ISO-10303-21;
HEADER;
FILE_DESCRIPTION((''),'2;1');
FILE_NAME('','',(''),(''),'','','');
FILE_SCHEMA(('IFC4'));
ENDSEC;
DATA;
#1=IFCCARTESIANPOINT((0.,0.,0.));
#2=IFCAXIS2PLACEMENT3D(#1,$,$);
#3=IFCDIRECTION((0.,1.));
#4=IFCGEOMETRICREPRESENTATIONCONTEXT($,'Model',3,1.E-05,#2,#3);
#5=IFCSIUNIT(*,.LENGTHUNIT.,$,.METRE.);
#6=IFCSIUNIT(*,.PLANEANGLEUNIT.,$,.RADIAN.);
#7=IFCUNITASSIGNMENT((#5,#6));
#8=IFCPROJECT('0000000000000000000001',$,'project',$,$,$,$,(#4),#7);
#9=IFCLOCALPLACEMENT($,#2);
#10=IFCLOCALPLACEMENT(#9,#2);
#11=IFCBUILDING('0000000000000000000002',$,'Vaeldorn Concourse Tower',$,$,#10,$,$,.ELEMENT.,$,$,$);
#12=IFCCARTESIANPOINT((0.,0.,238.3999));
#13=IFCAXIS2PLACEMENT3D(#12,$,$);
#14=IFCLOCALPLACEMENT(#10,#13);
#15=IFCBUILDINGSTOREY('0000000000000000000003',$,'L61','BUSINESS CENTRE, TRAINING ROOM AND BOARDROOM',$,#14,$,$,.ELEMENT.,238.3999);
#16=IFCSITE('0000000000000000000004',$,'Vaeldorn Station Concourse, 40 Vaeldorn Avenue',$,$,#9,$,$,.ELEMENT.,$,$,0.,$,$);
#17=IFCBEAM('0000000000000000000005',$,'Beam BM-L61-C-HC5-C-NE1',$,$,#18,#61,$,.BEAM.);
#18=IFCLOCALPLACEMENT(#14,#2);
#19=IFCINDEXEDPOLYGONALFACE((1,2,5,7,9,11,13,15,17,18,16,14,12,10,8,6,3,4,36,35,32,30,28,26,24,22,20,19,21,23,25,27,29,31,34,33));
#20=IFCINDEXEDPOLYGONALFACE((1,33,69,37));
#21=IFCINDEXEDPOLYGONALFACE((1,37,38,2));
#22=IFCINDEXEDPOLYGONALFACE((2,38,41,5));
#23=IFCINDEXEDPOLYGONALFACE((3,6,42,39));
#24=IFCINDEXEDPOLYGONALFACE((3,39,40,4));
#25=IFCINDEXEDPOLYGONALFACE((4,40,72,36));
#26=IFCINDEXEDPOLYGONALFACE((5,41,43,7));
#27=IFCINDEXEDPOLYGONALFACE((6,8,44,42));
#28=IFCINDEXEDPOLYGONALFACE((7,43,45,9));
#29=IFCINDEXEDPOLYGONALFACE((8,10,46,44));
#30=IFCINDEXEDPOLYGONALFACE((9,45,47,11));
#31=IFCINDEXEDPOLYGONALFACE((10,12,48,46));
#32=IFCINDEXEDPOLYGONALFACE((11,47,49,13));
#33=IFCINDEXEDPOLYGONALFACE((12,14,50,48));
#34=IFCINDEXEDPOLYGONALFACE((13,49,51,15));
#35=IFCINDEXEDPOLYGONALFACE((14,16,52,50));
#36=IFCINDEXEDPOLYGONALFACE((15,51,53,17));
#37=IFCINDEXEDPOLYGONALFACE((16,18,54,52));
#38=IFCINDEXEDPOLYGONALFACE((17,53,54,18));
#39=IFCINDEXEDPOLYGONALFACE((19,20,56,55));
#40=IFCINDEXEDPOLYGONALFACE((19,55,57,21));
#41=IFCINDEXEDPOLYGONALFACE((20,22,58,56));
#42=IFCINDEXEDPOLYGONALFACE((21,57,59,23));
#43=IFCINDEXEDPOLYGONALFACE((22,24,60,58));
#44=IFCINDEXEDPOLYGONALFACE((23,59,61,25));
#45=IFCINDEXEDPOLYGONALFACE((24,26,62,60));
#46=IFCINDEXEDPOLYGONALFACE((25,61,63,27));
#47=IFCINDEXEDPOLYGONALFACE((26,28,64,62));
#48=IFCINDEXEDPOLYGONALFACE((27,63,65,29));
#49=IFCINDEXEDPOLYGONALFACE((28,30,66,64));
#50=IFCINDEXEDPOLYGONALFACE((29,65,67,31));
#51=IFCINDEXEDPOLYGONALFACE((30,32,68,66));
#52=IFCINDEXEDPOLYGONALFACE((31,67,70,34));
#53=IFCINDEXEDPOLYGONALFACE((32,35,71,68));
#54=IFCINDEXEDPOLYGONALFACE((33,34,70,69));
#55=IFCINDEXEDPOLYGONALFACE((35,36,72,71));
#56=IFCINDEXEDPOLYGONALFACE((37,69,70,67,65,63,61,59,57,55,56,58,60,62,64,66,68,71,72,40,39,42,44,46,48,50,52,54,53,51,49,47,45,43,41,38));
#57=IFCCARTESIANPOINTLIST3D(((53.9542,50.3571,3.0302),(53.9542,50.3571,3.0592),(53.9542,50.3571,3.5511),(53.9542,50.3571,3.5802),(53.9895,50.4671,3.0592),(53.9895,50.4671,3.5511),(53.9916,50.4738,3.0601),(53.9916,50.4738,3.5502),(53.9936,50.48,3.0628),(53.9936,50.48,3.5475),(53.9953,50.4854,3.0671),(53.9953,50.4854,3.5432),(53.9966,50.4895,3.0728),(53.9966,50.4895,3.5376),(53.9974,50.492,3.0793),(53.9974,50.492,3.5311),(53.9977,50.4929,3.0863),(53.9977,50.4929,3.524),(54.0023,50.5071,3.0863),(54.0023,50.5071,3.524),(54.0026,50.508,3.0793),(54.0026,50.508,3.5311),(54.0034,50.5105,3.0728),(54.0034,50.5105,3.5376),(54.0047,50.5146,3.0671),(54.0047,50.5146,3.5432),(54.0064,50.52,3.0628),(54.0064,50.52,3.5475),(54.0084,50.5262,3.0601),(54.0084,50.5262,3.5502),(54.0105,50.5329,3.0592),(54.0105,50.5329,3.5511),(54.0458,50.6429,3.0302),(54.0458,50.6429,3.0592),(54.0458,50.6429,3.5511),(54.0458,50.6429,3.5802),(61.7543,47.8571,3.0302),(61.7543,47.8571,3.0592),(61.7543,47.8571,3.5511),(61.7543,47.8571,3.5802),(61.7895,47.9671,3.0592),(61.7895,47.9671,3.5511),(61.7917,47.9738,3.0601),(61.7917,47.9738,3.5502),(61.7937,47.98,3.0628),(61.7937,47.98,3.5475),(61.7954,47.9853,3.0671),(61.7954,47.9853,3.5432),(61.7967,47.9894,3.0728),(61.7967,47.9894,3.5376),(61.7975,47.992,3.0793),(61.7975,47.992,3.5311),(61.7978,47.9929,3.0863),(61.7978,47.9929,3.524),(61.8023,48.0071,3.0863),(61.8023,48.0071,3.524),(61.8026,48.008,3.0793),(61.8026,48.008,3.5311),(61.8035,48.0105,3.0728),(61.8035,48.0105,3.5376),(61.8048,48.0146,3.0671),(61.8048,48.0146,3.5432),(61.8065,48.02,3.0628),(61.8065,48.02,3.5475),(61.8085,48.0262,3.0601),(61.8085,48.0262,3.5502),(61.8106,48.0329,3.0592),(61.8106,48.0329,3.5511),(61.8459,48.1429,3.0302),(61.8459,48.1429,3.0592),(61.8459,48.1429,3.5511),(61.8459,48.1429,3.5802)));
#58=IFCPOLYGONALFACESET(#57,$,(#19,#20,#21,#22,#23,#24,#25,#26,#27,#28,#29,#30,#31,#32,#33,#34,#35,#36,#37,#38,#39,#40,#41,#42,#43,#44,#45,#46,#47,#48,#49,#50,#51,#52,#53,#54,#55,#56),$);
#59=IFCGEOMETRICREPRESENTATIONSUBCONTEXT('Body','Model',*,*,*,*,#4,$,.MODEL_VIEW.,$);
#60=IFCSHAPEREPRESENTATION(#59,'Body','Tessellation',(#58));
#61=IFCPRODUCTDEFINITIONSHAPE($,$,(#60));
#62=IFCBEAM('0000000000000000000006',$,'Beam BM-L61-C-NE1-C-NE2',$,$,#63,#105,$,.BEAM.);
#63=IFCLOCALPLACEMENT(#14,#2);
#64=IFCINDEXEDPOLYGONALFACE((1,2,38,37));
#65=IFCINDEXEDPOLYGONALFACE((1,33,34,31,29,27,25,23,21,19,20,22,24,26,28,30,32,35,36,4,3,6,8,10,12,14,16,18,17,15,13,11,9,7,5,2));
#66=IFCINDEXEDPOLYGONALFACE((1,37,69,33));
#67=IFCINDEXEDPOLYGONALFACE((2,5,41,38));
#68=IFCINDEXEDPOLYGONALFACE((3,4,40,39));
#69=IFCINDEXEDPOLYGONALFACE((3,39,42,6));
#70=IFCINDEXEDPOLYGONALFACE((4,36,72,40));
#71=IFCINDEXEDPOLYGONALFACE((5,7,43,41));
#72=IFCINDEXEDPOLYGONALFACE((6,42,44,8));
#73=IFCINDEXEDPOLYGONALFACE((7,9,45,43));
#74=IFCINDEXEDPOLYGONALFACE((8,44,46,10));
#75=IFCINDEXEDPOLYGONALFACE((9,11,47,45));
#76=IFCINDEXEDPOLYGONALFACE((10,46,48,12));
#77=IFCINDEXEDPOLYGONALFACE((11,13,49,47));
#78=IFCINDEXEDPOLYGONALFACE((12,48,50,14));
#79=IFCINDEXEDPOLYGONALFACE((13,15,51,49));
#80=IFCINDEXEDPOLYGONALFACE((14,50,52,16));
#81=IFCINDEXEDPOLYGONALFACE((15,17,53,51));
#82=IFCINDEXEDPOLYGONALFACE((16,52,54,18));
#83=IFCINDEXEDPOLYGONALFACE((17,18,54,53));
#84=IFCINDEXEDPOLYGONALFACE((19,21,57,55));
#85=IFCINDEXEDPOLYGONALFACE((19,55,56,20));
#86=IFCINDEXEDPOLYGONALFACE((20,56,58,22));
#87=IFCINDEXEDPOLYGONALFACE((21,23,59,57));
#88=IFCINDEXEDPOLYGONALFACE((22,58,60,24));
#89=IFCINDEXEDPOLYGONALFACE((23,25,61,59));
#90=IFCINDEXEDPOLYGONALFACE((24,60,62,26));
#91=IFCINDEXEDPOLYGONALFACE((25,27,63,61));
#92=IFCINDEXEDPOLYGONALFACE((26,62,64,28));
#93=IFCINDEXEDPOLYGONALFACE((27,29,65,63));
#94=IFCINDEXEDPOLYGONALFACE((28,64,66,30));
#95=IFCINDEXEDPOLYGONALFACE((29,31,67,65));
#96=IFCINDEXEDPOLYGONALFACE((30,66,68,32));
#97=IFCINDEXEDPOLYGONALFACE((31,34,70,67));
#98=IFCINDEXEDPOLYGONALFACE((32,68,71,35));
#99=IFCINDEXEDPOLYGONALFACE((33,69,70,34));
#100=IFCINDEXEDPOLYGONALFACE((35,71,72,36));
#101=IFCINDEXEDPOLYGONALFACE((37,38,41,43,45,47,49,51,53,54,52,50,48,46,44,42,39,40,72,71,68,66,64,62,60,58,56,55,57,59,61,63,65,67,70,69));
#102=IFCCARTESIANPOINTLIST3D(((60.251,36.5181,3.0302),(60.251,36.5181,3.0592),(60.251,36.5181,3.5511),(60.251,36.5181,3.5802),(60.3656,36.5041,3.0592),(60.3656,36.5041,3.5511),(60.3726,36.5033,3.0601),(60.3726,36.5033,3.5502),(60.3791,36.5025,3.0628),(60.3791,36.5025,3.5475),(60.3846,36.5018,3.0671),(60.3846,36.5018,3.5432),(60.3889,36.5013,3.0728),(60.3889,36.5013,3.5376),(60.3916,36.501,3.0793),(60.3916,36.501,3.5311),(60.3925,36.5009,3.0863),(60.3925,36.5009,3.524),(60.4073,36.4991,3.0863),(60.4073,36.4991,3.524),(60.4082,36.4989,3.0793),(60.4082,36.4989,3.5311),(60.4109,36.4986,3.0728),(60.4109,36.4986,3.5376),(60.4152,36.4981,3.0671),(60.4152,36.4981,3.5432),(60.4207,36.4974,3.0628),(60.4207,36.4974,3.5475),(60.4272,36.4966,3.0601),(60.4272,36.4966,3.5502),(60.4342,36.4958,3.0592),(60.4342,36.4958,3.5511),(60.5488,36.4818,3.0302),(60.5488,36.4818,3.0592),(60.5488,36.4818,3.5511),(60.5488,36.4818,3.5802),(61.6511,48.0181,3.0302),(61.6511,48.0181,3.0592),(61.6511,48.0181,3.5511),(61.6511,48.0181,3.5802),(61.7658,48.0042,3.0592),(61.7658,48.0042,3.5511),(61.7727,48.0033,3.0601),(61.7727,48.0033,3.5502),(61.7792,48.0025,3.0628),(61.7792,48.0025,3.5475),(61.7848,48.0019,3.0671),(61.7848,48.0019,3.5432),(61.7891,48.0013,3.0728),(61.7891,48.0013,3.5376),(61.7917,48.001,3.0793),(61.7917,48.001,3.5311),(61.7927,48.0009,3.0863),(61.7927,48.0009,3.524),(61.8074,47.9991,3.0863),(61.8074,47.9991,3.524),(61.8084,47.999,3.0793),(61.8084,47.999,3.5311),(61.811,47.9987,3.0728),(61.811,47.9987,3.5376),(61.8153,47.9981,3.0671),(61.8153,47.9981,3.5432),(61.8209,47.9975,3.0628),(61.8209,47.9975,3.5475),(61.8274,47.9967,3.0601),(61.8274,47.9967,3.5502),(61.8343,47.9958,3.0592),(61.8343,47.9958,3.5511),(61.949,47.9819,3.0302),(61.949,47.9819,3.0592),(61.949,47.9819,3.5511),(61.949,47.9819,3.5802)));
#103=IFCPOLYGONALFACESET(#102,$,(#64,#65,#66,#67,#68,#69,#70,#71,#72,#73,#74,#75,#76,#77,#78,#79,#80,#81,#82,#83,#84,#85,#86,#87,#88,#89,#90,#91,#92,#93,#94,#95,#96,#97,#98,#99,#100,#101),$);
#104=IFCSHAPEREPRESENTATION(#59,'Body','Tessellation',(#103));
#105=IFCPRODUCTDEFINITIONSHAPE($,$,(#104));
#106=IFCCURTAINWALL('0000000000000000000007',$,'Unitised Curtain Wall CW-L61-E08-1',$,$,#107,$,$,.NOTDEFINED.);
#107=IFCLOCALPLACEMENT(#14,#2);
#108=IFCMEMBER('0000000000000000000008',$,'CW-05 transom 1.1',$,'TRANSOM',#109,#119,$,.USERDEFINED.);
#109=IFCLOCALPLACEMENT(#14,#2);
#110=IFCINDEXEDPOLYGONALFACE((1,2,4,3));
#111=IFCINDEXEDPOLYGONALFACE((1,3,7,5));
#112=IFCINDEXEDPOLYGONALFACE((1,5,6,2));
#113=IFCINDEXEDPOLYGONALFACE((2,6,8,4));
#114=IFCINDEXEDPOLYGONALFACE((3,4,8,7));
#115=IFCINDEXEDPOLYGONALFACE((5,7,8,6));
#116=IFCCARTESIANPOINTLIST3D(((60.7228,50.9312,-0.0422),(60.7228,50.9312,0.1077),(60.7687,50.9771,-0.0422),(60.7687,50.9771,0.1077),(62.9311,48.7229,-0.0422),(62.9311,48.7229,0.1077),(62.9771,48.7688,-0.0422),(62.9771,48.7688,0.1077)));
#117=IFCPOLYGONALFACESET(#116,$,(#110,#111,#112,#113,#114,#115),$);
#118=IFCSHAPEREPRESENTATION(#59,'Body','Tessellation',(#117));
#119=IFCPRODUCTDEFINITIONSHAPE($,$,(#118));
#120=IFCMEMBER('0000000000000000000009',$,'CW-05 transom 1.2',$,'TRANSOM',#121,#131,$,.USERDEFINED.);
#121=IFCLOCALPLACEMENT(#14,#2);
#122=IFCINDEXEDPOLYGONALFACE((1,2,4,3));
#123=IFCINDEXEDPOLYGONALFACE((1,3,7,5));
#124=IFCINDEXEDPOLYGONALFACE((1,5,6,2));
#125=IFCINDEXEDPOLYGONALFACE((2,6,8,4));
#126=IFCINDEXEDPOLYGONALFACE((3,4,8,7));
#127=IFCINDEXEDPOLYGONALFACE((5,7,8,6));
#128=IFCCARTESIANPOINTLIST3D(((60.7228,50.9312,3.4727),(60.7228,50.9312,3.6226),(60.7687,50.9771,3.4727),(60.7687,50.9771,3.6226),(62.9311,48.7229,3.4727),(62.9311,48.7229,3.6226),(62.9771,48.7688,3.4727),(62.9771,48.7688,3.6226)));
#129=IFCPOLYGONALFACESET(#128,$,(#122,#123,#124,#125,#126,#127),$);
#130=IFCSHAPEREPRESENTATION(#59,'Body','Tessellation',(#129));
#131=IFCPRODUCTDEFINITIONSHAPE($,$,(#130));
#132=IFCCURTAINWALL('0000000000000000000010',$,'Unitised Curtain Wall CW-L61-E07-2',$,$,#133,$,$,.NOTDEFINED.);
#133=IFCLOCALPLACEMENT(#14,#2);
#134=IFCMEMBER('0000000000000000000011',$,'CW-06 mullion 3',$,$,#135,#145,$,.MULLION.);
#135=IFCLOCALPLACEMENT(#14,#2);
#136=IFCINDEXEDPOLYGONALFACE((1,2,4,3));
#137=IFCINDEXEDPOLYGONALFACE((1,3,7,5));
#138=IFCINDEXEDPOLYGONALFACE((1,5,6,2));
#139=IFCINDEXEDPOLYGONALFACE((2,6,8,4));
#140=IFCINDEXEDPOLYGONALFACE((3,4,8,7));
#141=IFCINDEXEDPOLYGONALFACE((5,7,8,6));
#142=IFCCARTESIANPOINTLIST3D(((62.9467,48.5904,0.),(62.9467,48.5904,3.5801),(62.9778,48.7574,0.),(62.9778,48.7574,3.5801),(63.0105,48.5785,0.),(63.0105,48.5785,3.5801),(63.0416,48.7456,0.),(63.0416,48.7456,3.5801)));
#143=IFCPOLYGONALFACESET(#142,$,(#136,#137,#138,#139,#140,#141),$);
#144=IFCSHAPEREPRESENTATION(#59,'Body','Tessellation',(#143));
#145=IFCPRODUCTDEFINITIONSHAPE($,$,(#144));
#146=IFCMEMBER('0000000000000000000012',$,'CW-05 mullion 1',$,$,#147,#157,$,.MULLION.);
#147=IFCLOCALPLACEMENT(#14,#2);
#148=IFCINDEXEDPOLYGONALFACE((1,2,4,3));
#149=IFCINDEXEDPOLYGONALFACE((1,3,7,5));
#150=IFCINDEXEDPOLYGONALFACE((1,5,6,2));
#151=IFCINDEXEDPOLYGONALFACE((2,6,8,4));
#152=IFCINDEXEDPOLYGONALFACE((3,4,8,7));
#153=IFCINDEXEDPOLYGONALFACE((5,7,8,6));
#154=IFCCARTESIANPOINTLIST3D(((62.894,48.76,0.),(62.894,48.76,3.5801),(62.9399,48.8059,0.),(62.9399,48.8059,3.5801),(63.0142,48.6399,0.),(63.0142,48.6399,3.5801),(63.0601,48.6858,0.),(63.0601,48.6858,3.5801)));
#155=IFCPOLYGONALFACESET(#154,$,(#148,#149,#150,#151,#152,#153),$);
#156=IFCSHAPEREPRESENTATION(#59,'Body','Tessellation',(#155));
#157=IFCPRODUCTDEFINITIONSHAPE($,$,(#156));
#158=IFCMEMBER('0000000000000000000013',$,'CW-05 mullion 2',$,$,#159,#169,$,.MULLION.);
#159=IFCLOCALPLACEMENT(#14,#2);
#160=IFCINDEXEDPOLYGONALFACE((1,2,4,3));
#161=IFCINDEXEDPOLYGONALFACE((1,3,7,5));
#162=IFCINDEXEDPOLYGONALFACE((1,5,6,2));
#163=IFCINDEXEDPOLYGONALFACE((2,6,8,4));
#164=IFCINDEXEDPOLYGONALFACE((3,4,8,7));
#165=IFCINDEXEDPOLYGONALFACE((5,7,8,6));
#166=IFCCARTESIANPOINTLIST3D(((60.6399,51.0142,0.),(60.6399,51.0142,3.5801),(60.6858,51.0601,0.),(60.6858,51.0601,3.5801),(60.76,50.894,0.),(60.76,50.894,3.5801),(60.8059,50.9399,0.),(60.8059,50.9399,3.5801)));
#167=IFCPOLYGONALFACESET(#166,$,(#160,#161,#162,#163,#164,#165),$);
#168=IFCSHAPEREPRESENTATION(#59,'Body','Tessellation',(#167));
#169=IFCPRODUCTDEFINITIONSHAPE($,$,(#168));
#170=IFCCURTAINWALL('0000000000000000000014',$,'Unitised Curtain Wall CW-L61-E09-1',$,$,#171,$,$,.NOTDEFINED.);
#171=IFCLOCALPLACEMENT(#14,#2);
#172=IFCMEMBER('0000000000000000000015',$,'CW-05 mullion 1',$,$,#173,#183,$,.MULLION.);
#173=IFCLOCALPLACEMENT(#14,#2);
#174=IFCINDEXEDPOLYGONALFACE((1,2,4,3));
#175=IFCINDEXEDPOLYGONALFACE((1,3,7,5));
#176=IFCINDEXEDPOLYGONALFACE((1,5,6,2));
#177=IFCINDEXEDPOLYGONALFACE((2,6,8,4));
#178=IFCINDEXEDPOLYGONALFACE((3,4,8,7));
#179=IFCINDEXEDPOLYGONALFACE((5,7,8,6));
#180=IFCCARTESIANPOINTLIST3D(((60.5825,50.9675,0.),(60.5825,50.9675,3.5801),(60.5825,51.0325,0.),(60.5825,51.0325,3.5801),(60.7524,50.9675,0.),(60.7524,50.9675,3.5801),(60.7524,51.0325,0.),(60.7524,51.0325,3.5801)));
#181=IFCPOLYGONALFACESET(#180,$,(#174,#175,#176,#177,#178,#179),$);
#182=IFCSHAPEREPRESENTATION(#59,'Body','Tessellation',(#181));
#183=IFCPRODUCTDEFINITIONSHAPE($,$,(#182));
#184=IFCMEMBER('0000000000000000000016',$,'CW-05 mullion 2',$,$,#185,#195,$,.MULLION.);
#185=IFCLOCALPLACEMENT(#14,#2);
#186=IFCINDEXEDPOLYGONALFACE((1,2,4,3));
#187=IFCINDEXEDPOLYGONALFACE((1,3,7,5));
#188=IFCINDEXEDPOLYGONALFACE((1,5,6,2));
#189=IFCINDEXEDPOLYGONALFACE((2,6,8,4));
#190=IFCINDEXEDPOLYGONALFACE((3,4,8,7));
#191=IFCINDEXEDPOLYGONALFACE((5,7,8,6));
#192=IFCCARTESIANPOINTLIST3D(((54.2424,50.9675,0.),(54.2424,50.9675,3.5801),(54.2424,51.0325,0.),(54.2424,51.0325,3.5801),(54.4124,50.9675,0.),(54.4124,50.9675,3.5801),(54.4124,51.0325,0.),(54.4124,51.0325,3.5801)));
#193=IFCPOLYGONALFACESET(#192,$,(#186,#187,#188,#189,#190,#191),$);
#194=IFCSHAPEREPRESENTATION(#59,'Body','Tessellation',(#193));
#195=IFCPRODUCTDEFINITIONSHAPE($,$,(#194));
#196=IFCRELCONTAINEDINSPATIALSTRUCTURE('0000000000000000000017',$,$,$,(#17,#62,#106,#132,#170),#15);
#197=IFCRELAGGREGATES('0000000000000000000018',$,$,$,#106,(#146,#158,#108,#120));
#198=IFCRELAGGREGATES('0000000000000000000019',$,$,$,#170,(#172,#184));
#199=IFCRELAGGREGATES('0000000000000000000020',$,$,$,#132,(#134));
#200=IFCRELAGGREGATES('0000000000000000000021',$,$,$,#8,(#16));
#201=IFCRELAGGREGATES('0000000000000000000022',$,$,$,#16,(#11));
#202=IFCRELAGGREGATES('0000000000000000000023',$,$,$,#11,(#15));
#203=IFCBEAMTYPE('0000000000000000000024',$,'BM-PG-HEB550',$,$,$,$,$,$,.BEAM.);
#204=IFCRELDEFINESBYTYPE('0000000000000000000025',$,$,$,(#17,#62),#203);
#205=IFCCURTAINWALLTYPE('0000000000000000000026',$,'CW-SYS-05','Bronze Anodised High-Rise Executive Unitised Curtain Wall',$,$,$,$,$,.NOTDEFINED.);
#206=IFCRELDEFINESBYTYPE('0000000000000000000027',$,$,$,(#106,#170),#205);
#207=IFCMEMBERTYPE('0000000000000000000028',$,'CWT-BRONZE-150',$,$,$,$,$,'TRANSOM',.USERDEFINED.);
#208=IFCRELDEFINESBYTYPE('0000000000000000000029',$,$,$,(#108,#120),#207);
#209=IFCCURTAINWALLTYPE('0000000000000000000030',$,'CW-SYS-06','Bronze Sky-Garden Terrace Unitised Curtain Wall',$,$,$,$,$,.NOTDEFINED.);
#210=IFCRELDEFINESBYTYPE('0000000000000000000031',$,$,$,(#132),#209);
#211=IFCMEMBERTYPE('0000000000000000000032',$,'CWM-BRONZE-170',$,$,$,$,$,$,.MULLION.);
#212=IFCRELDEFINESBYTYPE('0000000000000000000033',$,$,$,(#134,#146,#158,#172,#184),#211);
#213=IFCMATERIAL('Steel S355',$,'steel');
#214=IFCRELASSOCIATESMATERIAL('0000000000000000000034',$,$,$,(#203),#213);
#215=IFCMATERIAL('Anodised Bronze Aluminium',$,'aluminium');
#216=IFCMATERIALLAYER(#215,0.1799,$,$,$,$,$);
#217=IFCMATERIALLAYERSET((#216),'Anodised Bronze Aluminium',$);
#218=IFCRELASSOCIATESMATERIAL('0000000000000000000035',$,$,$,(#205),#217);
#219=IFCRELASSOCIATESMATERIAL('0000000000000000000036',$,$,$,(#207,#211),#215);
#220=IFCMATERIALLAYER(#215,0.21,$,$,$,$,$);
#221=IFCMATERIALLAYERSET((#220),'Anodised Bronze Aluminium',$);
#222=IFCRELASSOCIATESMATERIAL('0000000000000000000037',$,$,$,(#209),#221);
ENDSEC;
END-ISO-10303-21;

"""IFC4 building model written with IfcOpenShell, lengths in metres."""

from ifc_helpers import new_model, si_unit, direction, frame, origin, origin_2d, place, context, subcontext, project, spatial, rectangle, i_section, extrude, source, transform, mapped, material, layer, layer_set, material_profile, profile_set, type_object, element, aggregate, save


model = new_model("IFC4")

# Units and contexts
model_context = context("Model", 3, precision=1e-05, world=origin(), true_north=direction((0.0, 1.0)))
body_context = subcontext(model_context, "Body", "Model", "MODEL_VIEW")
ifc_project = project(units=[si_unit("LENGTHUNIT", "METRE"), si_unit("PLANEANGLEUNIT", "RADIAN")], contexts=[model_context])

# Site, building, storey
site_placement = place(None, origin())
site = spatial("IfcSite", under=ifc_project, at=site_placement, Name="Vaeldorn Station Concourse, 40 Vaeldorn Avenue", CompositionType="ELEMENT", RefElevation=0.0)
building_placement = place(site_placement, origin())
building = spatial("IfcBuilding", under=site, at=building_placement, Name="Vaeldorn Concourse Tower", CompositionType="ELEMENT")
storey_placement = place(building_placement, frame((0.0, 0.0, 238.3999)))
storey = spatial("IfcBuildingStorey", under=building, at=storey_placement, Name="L61", Description="BUSINESS CENTRE, TRAINING ROOM AND BOARDROOM", CompositionType="ELEMENT", Elevation=238.3999)

# Shared definitions
ifc_material_1 = material(Name="Steel S355", Category="steel")

# Beams
ifc_material_profile_1 = material_profile(ifc_material_1, i_section(OverallWidth=0.3, OverallDepth=0.55, WebThickness=0.0149, FlangeThickness=0.0291, FilletRadius=0.0271, at=origin_2d()), Name="HEB 550")
ifc_profile_set_1 = profile_set([ifc_material_profile_1], Name="Steel S355")
beam_type_1 = type_object("IfcBeamType", Name="BM-PG-HEB550", PredefinedType="BEAM", material=ifc_profile_set_1)
shared_shape_1 = source(origin(), body_context, "Body", "SweptSolid", [
    extrude(i_section(OverallWidth=0.3, OverallDepth=0.55, WebThickness=0.0149, FlangeThickness=0.0291, FilletRadius=0.0271, at=origin_2d()), origin(), (0.0, 0.0, 1.0), 8.1909),
])
beam_1_placement = place(storey_placement, frame((54.0, 50.5, 3.3052), z_axis=(0.952283, -0.305217, 0.0), x_axis=(0.305217, 0.952283, 0.0)))
element("IfcBeam", 1, at=beam_1_placement, inside=storey, type_object=beam_type_1, Name="Beam BM-L61-C-HC5-C-NE1", PredefinedType="BEAM", context=body_context, shape_type="MappedRepresentation", body=[
    mapped(shared_shape_1, transform((0.0, 0.0, 0.0), scale=1.0)),
])
shared_shape_2 = source(origin(), body_context, "Body", "SweptSolid", [
    extrude(i_section(OverallWidth=0.3, OverallDepth=0.55, WebThickness=0.0149, FlangeThickness=0.0291, FilletRadius=0.0271, at=origin_2d()), origin(), (0.0, 0.0, 1.0), 11.585),
])
beam_2_placement = place(storey_placement, frame((61.8, 48.0, 3.3052), z_axis=(-0.120859, -0.99267, 0.0), x_axis=(0.99267, -0.120859, 0.0)))
element("IfcBeam", 2, at=beam_2_placement, inside=storey, type_object=beam_type_1, Name="Beam BM-L61-C-NE1-C-NE2", PredefinedType="BEAM", context=body_context, shape_type="MappedRepresentation", body=[
    mapped(shared_shape_2, transform((0.0, 0.0, 0.0), scale=1.0)),
])

# Curtain wall, members
ifc_material_2 = material(Name="Anodised Bronze Aluminium", Category="aluminium")
ifc_layer_1 = layer(ifc_material_2, 0.1799)
ifc_layer_set_1 = layer_set([ifc_layer_1], Name="Anodised Bronze Aluminium")
curtain_wall_type_1 = type_object("IfcCurtainWallType", Name="CW-SYS-05", Description="Bronze Anodised High-Rise Executive Unitised Curtain Wall", PredefinedType="NOTDEFINED", material=ifc_layer_set_1)
curtain_wall_1_placement = place(storey_placement, origin())
curtain_wall_1 = element("IfcCurtainWall", 3, at=curtain_wall_1_placement, inside=storey, type_object=curtain_wall_type_1, Name="Unitised Curtain Wall CW-L61-E08-1", PredefinedType="NOTDEFINED")
ifc_material_profile_2 = material_profile(ifc_material_2, rectangle(XDim=0.0649, YDim=0.1499, at=origin_2d()), Name="CWT 65x150")
ifc_profile_set_2 = profile_set([ifc_material_profile_2], Name="Anodised Bronze Aluminium")
member_type_1 = type_object("IfcMemberType", Name="CWT-BRONZE-150", ElementType="TRANSOM", PredefinedType="USERDEFINED", material=ifc_profile_set_2)
shared_shape_3 = source(origin(), body_context, "Body", "SweptSolid", [
    extrude(rectangle(XDim=0.0649, YDim=0.1499, at=origin_2d()), origin(), (0.0, 0.0, 1.0), 3.123),
])
member_1_placement = place(storey_placement, frame((62.9541, 48.7458, 0.0327), z_axis=(-0.707107, 0.707107, 0.0), x_axis=(-0.707107, -0.707107, 0.0)))
member_1 = element("IfcMember", 4, at=member_1_placement, type_object=member_type_1, Name="CW-05 transom 1.1", ObjectType="TRANSOM", PredefinedType="USERDEFINED", context=body_context, shape_type="MappedRepresentation", body=[
    mapped(shared_shape_3, transform((0.0, 0.0, 0.0), scale=1.0)),
])
member_2_placement = place(storey_placement, frame((62.9541, 48.7458, 3.5476), z_axis=(-0.707107, 0.707107, 0.0), x_axis=(-0.707107, -0.707107, 0.0)))
member_2 = element("IfcMember", 5, at=member_2_placement, type_object=member_type_1, Name="CW-05 transom 1.2", ObjectType="TRANSOM", PredefinedType="USERDEFINED", context=body_context, shape_type="MappedRepresentation", body=[
    mapped(shared_shape_3, transform((0.0, 0.0, 0.0), scale=1.0)),
])

# Curtain wall, member
ifc_layer_2 = layer(ifc_material_2, 0.21)
ifc_layer_set_2 = layer_set([ifc_layer_2], Name="Anodised Bronze Aluminium")
curtain_wall_type_2 = type_object("IfcCurtainWallType", Name="CW-SYS-06", Description="Bronze Sky-Garden Terrace Unitised Curtain Wall", PredefinedType="NOTDEFINED", material=ifc_layer_set_2)
curtain_wall_2_placement = place(storey_placement, origin())
curtain_wall_2 = element("IfcCurtainWall", 6, at=curtain_wall_2_placement, inside=storey, type_object=curtain_wall_type_2, Name="Unitised Curtain Wall CW-L61-E07-2", PredefinedType="NOTDEFINED")
ifc_material_profile_3 = material_profile(ifc_material_2, rectangle(XDim=0.0649, YDim=0.1699, at=origin_2d()), Name="CWM 65x170")
ifc_profile_set_3 = profile_set([ifc_material_profile_3], Name="Anodised Bronze Aluminium")
member_type_2 = type_object("IfcMemberType", Name="CWM-BRONZE-170", PredefinedType="MULLION", material=ifc_profile_set_3)
shared_shape_4 = source(origin(), body_context, "Body", "SweptSolid", [
    extrude(rectangle(XDim=0.0649, YDim=0.1699, at=origin_2d()), origin(), (0.0, 0.0, 1.0), 3.5801),
])
member_3_placement = place(storey_placement, frame((62.9941, 48.668, 0.0), z_axis=(0.0, 0.0, 1.0), x_axis=(-0.983103, 0.183054, 0.0)))
member_3 = element("IfcMember", 7, at=member_3_placement, type_object=member_type_2, Name="CW-06 mullion 3", PredefinedType="MULLION", context=body_context, shape_type="MappedRepresentation", body=[
    mapped(shared_shape_4, transform((0.0, 0.0, 0.0), scale=1.0)),
])

# Members
member_4_placement = place(storey_placement, frame((62.9771, 48.7229, 0.0), z_axis=(0.0, 0.0, 1.0), x_axis=(-0.707107, -0.707107, 0.0)))
member_4 = element("IfcMember", 8, at=member_4_placement, type_object=member_type_2, Name="CW-05 mullion 1", PredefinedType="MULLION", context=body_context, shape_type="MappedRepresentation", body=[
    mapped(shared_shape_4, transform((0.0, 0.0, 0.0), scale=1.0)),
])
member_5_placement = place(storey_placement, frame((60.7229, 50.9771, 0.0), z_axis=(0.0, 0.0, 1.0), x_axis=(-0.707107, -0.707107, 0.0)))
member_5 = element("IfcMember", 9, at=member_5_placement, type_object=member_type_2, Name="CW-05 mullion 2", PredefinedType="MULLION", context=body_context, shape_type="MappedRepresentation", body=[
    mapped(shared_shape_4, transform((0.0, 0.0, 0.0), scale=1.0)),
])

# Curtain wall, members
curtain_wall_3_placement = place(storey_placement, origin())
curtain_wall_3 = element("IfcCurtainWall", 10, at=curtain_wall_3_placement, inside=storey, type_object=curtain_wall_type_1, Name="Unitised Curtain Wall CW-L61-E09-1", PredefinedType="NOTDEFINED")
member_6_placement = place(storey_placement, frame((60.6675, 51.0, 0.0), z_axis=(0.0, 0.0, 1.0), x_axis=(0.0, -1.0, 0.0)))
member_6 = element("IfcMember", 11, at=member_6_placement, type_object=member_type_2, Name="CW-05 mullion 1", PredefinedType="MULLION", context=body_context, shape_type="MappedRepresentation", body=[
    mapped(shared_shape_4, transform((0.0, 0.0, 0.0), scale=1.0)),
])
member_7_placement = place(storey_placement, frame((54.3274, 51.0, 0.0), z_axis=(0.0, 0.0, 1.0), x_axis=(0.0, -1.0, 0.0)))
member_7 = element("IfcMember", 12, at=member_7_placement, type_object=member_type_2, Name="CW-05 mullion 2", PredefinedType="MULLION", context=body_context, shape_type="MappedRepresentation", body=[
    mapped(shared_shape_4, transform((0.0, 0.0, 0.0), scale=1.0)),
])

aggregate(curtain_wall_1, [member_4, member_5, member_1, member_2])
aggregate(curtain_wall_3, [member_6, member_7])
aggregate(curtain_wall_2, [member_3])

save(model, "model.ifc")
